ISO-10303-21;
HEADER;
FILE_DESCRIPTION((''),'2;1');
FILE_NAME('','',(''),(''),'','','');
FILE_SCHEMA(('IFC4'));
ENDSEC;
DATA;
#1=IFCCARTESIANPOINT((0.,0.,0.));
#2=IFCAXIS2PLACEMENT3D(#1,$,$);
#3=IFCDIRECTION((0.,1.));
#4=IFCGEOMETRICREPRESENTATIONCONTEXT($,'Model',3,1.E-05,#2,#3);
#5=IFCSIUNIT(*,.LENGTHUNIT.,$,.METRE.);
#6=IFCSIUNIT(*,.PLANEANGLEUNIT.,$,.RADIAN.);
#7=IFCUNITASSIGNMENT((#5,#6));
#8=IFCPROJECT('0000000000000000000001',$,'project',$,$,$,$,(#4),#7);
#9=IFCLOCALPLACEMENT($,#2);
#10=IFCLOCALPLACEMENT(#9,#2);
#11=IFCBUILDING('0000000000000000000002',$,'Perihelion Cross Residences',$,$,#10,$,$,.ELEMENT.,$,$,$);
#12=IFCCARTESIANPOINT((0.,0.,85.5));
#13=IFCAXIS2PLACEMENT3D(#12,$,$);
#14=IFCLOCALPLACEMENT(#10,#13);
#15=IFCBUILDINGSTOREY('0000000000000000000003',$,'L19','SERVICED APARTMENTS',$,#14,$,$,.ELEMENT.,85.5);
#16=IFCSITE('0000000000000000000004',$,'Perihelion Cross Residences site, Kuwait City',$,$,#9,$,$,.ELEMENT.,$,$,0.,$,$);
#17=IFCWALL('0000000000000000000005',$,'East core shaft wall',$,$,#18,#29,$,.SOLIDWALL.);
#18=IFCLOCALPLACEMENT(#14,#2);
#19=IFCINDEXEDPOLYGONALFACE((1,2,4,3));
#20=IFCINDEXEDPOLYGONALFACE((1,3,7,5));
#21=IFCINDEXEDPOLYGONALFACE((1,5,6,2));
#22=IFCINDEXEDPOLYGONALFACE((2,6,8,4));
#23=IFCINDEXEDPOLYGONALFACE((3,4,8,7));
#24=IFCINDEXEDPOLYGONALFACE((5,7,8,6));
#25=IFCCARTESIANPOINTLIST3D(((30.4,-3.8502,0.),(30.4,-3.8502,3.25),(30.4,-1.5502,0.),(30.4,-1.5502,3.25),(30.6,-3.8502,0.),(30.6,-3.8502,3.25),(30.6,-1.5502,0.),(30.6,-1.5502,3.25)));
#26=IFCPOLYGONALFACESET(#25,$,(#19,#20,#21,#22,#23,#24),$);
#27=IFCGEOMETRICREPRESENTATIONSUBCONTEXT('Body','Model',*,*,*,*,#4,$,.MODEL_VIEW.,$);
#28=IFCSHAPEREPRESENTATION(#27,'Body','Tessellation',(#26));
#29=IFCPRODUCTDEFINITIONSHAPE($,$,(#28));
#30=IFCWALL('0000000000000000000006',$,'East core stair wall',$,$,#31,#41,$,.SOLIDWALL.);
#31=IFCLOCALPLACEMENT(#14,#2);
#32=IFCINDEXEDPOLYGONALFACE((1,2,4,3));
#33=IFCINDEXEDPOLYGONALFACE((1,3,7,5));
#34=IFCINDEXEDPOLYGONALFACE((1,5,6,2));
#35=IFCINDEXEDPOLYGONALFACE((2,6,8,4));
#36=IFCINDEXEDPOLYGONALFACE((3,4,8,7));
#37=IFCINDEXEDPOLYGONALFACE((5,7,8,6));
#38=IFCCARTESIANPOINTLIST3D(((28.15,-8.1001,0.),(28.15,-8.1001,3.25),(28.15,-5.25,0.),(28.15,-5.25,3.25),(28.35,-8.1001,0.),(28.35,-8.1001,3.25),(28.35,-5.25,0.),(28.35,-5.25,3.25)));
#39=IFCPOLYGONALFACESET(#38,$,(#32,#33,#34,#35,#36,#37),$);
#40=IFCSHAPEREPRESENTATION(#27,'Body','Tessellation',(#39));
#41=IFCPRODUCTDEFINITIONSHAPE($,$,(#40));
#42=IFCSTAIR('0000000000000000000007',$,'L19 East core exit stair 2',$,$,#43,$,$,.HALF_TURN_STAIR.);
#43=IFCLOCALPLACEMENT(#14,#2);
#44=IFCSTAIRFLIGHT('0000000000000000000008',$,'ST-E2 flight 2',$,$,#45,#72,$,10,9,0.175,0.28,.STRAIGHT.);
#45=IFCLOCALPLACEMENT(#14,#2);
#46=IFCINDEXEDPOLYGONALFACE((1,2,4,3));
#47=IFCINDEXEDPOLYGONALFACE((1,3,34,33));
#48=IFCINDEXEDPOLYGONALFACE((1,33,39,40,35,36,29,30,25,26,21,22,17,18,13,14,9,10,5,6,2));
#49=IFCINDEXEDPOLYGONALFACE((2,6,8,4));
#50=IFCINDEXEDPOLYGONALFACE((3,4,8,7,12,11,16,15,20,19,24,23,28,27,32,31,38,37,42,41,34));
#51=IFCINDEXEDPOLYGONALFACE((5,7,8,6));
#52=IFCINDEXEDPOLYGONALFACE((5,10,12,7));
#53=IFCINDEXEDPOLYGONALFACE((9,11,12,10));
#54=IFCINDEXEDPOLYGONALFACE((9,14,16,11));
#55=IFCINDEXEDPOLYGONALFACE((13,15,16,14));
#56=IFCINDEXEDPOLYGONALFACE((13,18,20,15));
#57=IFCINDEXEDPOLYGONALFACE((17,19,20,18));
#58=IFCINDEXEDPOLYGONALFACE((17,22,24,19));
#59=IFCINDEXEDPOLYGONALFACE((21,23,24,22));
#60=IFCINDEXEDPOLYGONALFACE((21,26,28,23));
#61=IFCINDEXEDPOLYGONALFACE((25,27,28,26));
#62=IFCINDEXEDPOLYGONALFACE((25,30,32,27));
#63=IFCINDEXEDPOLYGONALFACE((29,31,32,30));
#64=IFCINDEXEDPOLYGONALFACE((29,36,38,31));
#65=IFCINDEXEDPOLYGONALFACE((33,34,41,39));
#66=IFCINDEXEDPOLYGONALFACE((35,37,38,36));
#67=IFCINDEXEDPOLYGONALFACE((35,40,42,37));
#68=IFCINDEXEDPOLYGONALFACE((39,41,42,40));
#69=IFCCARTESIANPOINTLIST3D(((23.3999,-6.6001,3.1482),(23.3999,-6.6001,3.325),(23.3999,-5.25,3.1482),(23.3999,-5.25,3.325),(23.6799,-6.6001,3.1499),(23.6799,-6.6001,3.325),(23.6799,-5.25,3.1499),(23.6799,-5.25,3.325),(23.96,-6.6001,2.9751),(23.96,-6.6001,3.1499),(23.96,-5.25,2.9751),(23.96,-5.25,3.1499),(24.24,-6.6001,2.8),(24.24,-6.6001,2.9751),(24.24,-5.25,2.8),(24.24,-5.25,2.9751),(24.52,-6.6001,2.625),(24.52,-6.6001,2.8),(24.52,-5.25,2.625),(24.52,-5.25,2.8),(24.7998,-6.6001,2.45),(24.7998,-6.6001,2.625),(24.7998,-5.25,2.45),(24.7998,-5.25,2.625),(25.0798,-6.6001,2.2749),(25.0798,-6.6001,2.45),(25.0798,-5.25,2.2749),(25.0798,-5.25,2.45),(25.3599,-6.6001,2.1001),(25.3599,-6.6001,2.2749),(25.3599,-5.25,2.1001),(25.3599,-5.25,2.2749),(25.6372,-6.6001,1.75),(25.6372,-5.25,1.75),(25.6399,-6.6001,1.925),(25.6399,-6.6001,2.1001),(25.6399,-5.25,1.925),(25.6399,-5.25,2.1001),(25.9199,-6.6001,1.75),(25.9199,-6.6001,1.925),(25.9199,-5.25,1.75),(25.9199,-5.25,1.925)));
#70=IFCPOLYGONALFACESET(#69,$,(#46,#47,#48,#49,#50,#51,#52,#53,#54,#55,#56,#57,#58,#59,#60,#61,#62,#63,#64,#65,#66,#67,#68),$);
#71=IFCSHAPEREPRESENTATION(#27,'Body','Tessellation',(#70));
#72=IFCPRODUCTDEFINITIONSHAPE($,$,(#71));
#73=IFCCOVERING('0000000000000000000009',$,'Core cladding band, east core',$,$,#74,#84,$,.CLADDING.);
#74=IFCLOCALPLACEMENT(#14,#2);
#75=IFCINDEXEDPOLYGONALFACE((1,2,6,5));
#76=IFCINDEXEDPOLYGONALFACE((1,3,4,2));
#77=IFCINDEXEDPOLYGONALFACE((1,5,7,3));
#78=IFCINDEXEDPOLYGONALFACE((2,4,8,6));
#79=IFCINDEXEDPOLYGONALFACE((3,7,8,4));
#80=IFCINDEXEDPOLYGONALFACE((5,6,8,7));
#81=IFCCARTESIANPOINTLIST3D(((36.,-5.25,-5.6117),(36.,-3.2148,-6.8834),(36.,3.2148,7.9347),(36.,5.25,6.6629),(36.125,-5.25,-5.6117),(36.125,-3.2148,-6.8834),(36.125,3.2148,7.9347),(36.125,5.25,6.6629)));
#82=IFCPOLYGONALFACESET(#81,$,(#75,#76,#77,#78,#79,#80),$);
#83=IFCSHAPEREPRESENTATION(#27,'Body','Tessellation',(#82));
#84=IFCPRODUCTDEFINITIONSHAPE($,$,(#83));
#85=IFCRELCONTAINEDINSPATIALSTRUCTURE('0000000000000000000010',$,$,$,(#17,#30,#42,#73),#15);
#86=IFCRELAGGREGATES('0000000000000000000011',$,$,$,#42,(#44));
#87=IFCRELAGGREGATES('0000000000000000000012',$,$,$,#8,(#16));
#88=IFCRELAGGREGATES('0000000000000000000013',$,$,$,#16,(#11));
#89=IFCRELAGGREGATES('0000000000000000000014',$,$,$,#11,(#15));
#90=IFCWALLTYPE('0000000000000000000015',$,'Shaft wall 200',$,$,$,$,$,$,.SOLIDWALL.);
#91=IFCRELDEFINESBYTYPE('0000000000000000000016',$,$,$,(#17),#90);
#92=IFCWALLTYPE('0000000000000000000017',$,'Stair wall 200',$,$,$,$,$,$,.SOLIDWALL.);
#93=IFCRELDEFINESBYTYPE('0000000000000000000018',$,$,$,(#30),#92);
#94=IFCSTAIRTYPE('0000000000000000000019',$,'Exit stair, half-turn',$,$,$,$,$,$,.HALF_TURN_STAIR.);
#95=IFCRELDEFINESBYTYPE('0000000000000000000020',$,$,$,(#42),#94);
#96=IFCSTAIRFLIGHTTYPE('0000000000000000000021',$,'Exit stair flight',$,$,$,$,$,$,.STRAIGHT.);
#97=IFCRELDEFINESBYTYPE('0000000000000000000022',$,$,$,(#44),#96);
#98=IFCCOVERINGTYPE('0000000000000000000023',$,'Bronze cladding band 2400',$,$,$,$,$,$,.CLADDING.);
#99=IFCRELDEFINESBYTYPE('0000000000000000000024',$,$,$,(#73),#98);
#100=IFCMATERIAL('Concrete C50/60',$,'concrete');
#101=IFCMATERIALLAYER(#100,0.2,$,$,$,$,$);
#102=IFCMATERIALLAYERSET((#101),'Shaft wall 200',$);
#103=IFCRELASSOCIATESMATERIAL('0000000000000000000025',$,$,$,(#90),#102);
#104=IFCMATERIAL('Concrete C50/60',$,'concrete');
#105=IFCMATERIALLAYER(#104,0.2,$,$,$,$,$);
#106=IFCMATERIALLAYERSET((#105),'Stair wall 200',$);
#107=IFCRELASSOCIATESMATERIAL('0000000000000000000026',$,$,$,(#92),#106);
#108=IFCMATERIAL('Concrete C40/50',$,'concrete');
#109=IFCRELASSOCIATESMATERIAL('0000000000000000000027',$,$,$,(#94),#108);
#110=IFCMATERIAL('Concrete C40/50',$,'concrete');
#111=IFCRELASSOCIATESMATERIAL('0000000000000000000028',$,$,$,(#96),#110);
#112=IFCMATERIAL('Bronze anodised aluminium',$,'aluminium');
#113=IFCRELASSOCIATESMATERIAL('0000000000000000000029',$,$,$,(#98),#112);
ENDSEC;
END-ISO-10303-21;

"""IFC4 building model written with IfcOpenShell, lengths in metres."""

from ifc_helpers import new_model, si_unit, direction, frame, frame_2d, origin, origin_2d, place, context, subcontext, project, spatial, polyline, rectangle, outline, extrude, material, layer, layer_set, material_profile, profile_set, type_object, element, aggregate, save


model = new_model("IFC4")

# Units and contexts
model_context = context("Model", 3, precision=1e-05, world=origin(), true_north=direction((0.0, 1.0)))
body_context = subcontext(model_context, "Body", "Model", "MODEL_VIEW")
ifc_project = project(units=[si_unit("LENGTHUNIT", "METRE"), si_unit("PLANEANGLEUNIT", "RADIAN")], contexts=[model_context])

# Site, building, storey
site_placement = place(None, origin())
site = spatial("IfcSite", under=ifc_project, at=site_placement, Name="Perihelion Cross Residences site, Kuwait City", CompositionType="ELEMENT", RefElevation=0.0)
building_placement = place(site_placement, origin())
building = spatial("IfcBuilding", under=site, at=building_placement, Name="Perihelion Cross Residences", CompositionType="ELEMENT")
storey_placement = place(building_placement, frame((0.0, 0.0, 85.5)))
storey = spatial("IfcBuildingStorey", under=building, at=storey_placement, Name="L19", Description="SERVICED APARTMENTS", CompositionType="ELEMENT", Elevation=85.5)

# Walls
ifc_material_1 = material(Name="Concrete C50/60", Category="concrete")
ifc_layer_1 = layer(ifc_material_1, 0.2)
ifc_layer_set_1 = layer_set([ifc_layer_1], Name="Shaft wall 200")
wall_type_1 = type_object("IfcWallType", Name="Shaft wall 200", PredefinedType="SOLIDWALL", material=ifc_layer_set_1)
wall_1_placement = place(storey_placement, frame((30.5, -3.8501, 0.0), z_axis=(0.0, 0.0, 1.0), x_axis=(0.0, 1.0, 0.0)))
element("IfcWall", 1, at=wall_1_placement, inside=storey, type_object=wall_type_1, Name="East core shaft wall", PredefinedType="SOLIDWALL", context=body_context, shape_type="SweptSolid", body=[
    extrude(rectangle(XDim=2.3, YDim=0.2, at=frame_2d((1.1499, 0.0))), origin(), (0.0, 0.0, 1.0), 3.25),
])
ifc_material_2 = material(Name="Concrete C50/60", Category="concrete")
ifc_layer_2 = layer(ifc_material_2, 0.2)
ifc_layer_set_2 = layer_set([ifc_layer_2], Name="Stair wall 200")
wall_type_2 = type_object("IfcWallType", Name="Stair wall 200", PredefinedType="SOLIDWALL", material=ifc_layer_set_2)
wall_2_placement = place(storey_placement, frame((28.25, -8.1001, 0.0), z_axis=(0.0, 0.0, 1.0), x_axis=(0.0, 1.0, 0.0)))
element("IfcWall", 2, at=wall_2_placement, inside=storey, type_object=wall_type_2, Name="East core stair wall", PredefinedType="SOLIDWALL", context=body_context, shape_type="SweptSolid", body=[
    extrude(rectangle(XDim=2.8501, YDim=0.2, at=frame_2d((1.425, 0.0))), origin(), (0.0, 0.0, 1.0), 3.25),
])

# Stair, stair flight
ifc_material_3 = material(Name="Concrete C40/50", Category="concrete")
stair_type = type_object("IfcStairType", Name="Exit stair, half-turn", PredefinedType="HALF_TURN_STAIR", material=ifc_material_3)
stair_placement = place(storey_placement, origin())
stair = element("IfcStair", 3, at=stair_placement, inside=storey, type_object=stair_type, Name="L19 East core exit stair 2", PredefinedType="HALF_TURN_STAIR")
ifc_material_4 = material(Name="Concrete C40/50", Category="concrete")
stair_flight_type = type_object("IfcStairFlightType", Name="Exit stair flight", PredefinedType="STRAIGHT", material=ifc_material_4)
stair_flight_placement = place(storey_placement, frame((25.9199, -5.925, 1.75), z_axis=(0.0, 0.0, 1.0), x_axis=(-1.0, 0.0, 0.0)))
stair_flight = element("IfcStairFlight", 4, at=stair_flight_placement, type_object=stair_flight_type, Name="ST-E2 flight 2", NumberOfRisers=10, NumberOfTreads=9, PredefinedType="STRAIGHT", RiserHeight=0.175, TreadLength=0.28, context=body_context, shape_type="SweptSolid", body=[
    extrude(outline(polyline([(0.0, 0.0), (0.0, 0.175), (0.28, 0.175), (0.28, 0.3501), (0.5601, 0.3501), (0.5601, 0.5249), (0.8401, 0.5249), (0.8401, 0.7), (1.1201, 0.7), (1.1201, 0.875), (1.3999, 0.875), (1.3999, 1.05), (1.6799, 1.05), (1.6799, 1.2251), (1.96, 1.2251), (1.96, 1.3999), (2.24, 1.3999), (2.24, 1.575), (2.52, 1.575), (2.52, 1.75), (2.52, 1.3982), (0.2827, 0.0), (0.0, 0.0)])), frame((0.0, 0.675, 0.0), z_axis=(0.0, -1.0, 0.0), x_axis=(1.0, 0.0, 0.0)), (0.0, 0.0, 1.0), 1.3501),
])
aggregate(stair, [stair_flight])

# Covering
ifc_material_5 = material(Name="Bronze anodised aluminium", Category="aluminium")
ifc_material_profile = material_profile(ifc_material_5, rectangle(XDim=0.125, YDim=2.3999, at=origin_2d()), Name="Bronze cladding band 2400")
ifc_profile_set = profile_set([ifc_material_profile], Name="Bronze anodised aluminium")
covering_type = type_object("IfcCoveringType", Name="Bronze cladding band 2400", PredefinedType="CLADDING", material=ifc_profile_set)
covering_placement = place(storey_placement, frame((36.0625, -4.2324, -6.2476), z_axis=(0.0, 0.529925, 0.848045), x_axis=(-1.0, 0.0, 0.0)))
element("IfcCovering", 5, at=covering_placement, inside=storey, type_object=covering_type, Name="Core cladding band, east core", PredefinedType="CLADDING", context=body_context, shape_type="SweptSolid", body=[
    extrude(rectangle(XDim=0.125, YDim=2.3999, at=origin_2d()), origin(), (0.0, 0.0, 1.0), 15.9736),
])

save(model, "model.ifc")
